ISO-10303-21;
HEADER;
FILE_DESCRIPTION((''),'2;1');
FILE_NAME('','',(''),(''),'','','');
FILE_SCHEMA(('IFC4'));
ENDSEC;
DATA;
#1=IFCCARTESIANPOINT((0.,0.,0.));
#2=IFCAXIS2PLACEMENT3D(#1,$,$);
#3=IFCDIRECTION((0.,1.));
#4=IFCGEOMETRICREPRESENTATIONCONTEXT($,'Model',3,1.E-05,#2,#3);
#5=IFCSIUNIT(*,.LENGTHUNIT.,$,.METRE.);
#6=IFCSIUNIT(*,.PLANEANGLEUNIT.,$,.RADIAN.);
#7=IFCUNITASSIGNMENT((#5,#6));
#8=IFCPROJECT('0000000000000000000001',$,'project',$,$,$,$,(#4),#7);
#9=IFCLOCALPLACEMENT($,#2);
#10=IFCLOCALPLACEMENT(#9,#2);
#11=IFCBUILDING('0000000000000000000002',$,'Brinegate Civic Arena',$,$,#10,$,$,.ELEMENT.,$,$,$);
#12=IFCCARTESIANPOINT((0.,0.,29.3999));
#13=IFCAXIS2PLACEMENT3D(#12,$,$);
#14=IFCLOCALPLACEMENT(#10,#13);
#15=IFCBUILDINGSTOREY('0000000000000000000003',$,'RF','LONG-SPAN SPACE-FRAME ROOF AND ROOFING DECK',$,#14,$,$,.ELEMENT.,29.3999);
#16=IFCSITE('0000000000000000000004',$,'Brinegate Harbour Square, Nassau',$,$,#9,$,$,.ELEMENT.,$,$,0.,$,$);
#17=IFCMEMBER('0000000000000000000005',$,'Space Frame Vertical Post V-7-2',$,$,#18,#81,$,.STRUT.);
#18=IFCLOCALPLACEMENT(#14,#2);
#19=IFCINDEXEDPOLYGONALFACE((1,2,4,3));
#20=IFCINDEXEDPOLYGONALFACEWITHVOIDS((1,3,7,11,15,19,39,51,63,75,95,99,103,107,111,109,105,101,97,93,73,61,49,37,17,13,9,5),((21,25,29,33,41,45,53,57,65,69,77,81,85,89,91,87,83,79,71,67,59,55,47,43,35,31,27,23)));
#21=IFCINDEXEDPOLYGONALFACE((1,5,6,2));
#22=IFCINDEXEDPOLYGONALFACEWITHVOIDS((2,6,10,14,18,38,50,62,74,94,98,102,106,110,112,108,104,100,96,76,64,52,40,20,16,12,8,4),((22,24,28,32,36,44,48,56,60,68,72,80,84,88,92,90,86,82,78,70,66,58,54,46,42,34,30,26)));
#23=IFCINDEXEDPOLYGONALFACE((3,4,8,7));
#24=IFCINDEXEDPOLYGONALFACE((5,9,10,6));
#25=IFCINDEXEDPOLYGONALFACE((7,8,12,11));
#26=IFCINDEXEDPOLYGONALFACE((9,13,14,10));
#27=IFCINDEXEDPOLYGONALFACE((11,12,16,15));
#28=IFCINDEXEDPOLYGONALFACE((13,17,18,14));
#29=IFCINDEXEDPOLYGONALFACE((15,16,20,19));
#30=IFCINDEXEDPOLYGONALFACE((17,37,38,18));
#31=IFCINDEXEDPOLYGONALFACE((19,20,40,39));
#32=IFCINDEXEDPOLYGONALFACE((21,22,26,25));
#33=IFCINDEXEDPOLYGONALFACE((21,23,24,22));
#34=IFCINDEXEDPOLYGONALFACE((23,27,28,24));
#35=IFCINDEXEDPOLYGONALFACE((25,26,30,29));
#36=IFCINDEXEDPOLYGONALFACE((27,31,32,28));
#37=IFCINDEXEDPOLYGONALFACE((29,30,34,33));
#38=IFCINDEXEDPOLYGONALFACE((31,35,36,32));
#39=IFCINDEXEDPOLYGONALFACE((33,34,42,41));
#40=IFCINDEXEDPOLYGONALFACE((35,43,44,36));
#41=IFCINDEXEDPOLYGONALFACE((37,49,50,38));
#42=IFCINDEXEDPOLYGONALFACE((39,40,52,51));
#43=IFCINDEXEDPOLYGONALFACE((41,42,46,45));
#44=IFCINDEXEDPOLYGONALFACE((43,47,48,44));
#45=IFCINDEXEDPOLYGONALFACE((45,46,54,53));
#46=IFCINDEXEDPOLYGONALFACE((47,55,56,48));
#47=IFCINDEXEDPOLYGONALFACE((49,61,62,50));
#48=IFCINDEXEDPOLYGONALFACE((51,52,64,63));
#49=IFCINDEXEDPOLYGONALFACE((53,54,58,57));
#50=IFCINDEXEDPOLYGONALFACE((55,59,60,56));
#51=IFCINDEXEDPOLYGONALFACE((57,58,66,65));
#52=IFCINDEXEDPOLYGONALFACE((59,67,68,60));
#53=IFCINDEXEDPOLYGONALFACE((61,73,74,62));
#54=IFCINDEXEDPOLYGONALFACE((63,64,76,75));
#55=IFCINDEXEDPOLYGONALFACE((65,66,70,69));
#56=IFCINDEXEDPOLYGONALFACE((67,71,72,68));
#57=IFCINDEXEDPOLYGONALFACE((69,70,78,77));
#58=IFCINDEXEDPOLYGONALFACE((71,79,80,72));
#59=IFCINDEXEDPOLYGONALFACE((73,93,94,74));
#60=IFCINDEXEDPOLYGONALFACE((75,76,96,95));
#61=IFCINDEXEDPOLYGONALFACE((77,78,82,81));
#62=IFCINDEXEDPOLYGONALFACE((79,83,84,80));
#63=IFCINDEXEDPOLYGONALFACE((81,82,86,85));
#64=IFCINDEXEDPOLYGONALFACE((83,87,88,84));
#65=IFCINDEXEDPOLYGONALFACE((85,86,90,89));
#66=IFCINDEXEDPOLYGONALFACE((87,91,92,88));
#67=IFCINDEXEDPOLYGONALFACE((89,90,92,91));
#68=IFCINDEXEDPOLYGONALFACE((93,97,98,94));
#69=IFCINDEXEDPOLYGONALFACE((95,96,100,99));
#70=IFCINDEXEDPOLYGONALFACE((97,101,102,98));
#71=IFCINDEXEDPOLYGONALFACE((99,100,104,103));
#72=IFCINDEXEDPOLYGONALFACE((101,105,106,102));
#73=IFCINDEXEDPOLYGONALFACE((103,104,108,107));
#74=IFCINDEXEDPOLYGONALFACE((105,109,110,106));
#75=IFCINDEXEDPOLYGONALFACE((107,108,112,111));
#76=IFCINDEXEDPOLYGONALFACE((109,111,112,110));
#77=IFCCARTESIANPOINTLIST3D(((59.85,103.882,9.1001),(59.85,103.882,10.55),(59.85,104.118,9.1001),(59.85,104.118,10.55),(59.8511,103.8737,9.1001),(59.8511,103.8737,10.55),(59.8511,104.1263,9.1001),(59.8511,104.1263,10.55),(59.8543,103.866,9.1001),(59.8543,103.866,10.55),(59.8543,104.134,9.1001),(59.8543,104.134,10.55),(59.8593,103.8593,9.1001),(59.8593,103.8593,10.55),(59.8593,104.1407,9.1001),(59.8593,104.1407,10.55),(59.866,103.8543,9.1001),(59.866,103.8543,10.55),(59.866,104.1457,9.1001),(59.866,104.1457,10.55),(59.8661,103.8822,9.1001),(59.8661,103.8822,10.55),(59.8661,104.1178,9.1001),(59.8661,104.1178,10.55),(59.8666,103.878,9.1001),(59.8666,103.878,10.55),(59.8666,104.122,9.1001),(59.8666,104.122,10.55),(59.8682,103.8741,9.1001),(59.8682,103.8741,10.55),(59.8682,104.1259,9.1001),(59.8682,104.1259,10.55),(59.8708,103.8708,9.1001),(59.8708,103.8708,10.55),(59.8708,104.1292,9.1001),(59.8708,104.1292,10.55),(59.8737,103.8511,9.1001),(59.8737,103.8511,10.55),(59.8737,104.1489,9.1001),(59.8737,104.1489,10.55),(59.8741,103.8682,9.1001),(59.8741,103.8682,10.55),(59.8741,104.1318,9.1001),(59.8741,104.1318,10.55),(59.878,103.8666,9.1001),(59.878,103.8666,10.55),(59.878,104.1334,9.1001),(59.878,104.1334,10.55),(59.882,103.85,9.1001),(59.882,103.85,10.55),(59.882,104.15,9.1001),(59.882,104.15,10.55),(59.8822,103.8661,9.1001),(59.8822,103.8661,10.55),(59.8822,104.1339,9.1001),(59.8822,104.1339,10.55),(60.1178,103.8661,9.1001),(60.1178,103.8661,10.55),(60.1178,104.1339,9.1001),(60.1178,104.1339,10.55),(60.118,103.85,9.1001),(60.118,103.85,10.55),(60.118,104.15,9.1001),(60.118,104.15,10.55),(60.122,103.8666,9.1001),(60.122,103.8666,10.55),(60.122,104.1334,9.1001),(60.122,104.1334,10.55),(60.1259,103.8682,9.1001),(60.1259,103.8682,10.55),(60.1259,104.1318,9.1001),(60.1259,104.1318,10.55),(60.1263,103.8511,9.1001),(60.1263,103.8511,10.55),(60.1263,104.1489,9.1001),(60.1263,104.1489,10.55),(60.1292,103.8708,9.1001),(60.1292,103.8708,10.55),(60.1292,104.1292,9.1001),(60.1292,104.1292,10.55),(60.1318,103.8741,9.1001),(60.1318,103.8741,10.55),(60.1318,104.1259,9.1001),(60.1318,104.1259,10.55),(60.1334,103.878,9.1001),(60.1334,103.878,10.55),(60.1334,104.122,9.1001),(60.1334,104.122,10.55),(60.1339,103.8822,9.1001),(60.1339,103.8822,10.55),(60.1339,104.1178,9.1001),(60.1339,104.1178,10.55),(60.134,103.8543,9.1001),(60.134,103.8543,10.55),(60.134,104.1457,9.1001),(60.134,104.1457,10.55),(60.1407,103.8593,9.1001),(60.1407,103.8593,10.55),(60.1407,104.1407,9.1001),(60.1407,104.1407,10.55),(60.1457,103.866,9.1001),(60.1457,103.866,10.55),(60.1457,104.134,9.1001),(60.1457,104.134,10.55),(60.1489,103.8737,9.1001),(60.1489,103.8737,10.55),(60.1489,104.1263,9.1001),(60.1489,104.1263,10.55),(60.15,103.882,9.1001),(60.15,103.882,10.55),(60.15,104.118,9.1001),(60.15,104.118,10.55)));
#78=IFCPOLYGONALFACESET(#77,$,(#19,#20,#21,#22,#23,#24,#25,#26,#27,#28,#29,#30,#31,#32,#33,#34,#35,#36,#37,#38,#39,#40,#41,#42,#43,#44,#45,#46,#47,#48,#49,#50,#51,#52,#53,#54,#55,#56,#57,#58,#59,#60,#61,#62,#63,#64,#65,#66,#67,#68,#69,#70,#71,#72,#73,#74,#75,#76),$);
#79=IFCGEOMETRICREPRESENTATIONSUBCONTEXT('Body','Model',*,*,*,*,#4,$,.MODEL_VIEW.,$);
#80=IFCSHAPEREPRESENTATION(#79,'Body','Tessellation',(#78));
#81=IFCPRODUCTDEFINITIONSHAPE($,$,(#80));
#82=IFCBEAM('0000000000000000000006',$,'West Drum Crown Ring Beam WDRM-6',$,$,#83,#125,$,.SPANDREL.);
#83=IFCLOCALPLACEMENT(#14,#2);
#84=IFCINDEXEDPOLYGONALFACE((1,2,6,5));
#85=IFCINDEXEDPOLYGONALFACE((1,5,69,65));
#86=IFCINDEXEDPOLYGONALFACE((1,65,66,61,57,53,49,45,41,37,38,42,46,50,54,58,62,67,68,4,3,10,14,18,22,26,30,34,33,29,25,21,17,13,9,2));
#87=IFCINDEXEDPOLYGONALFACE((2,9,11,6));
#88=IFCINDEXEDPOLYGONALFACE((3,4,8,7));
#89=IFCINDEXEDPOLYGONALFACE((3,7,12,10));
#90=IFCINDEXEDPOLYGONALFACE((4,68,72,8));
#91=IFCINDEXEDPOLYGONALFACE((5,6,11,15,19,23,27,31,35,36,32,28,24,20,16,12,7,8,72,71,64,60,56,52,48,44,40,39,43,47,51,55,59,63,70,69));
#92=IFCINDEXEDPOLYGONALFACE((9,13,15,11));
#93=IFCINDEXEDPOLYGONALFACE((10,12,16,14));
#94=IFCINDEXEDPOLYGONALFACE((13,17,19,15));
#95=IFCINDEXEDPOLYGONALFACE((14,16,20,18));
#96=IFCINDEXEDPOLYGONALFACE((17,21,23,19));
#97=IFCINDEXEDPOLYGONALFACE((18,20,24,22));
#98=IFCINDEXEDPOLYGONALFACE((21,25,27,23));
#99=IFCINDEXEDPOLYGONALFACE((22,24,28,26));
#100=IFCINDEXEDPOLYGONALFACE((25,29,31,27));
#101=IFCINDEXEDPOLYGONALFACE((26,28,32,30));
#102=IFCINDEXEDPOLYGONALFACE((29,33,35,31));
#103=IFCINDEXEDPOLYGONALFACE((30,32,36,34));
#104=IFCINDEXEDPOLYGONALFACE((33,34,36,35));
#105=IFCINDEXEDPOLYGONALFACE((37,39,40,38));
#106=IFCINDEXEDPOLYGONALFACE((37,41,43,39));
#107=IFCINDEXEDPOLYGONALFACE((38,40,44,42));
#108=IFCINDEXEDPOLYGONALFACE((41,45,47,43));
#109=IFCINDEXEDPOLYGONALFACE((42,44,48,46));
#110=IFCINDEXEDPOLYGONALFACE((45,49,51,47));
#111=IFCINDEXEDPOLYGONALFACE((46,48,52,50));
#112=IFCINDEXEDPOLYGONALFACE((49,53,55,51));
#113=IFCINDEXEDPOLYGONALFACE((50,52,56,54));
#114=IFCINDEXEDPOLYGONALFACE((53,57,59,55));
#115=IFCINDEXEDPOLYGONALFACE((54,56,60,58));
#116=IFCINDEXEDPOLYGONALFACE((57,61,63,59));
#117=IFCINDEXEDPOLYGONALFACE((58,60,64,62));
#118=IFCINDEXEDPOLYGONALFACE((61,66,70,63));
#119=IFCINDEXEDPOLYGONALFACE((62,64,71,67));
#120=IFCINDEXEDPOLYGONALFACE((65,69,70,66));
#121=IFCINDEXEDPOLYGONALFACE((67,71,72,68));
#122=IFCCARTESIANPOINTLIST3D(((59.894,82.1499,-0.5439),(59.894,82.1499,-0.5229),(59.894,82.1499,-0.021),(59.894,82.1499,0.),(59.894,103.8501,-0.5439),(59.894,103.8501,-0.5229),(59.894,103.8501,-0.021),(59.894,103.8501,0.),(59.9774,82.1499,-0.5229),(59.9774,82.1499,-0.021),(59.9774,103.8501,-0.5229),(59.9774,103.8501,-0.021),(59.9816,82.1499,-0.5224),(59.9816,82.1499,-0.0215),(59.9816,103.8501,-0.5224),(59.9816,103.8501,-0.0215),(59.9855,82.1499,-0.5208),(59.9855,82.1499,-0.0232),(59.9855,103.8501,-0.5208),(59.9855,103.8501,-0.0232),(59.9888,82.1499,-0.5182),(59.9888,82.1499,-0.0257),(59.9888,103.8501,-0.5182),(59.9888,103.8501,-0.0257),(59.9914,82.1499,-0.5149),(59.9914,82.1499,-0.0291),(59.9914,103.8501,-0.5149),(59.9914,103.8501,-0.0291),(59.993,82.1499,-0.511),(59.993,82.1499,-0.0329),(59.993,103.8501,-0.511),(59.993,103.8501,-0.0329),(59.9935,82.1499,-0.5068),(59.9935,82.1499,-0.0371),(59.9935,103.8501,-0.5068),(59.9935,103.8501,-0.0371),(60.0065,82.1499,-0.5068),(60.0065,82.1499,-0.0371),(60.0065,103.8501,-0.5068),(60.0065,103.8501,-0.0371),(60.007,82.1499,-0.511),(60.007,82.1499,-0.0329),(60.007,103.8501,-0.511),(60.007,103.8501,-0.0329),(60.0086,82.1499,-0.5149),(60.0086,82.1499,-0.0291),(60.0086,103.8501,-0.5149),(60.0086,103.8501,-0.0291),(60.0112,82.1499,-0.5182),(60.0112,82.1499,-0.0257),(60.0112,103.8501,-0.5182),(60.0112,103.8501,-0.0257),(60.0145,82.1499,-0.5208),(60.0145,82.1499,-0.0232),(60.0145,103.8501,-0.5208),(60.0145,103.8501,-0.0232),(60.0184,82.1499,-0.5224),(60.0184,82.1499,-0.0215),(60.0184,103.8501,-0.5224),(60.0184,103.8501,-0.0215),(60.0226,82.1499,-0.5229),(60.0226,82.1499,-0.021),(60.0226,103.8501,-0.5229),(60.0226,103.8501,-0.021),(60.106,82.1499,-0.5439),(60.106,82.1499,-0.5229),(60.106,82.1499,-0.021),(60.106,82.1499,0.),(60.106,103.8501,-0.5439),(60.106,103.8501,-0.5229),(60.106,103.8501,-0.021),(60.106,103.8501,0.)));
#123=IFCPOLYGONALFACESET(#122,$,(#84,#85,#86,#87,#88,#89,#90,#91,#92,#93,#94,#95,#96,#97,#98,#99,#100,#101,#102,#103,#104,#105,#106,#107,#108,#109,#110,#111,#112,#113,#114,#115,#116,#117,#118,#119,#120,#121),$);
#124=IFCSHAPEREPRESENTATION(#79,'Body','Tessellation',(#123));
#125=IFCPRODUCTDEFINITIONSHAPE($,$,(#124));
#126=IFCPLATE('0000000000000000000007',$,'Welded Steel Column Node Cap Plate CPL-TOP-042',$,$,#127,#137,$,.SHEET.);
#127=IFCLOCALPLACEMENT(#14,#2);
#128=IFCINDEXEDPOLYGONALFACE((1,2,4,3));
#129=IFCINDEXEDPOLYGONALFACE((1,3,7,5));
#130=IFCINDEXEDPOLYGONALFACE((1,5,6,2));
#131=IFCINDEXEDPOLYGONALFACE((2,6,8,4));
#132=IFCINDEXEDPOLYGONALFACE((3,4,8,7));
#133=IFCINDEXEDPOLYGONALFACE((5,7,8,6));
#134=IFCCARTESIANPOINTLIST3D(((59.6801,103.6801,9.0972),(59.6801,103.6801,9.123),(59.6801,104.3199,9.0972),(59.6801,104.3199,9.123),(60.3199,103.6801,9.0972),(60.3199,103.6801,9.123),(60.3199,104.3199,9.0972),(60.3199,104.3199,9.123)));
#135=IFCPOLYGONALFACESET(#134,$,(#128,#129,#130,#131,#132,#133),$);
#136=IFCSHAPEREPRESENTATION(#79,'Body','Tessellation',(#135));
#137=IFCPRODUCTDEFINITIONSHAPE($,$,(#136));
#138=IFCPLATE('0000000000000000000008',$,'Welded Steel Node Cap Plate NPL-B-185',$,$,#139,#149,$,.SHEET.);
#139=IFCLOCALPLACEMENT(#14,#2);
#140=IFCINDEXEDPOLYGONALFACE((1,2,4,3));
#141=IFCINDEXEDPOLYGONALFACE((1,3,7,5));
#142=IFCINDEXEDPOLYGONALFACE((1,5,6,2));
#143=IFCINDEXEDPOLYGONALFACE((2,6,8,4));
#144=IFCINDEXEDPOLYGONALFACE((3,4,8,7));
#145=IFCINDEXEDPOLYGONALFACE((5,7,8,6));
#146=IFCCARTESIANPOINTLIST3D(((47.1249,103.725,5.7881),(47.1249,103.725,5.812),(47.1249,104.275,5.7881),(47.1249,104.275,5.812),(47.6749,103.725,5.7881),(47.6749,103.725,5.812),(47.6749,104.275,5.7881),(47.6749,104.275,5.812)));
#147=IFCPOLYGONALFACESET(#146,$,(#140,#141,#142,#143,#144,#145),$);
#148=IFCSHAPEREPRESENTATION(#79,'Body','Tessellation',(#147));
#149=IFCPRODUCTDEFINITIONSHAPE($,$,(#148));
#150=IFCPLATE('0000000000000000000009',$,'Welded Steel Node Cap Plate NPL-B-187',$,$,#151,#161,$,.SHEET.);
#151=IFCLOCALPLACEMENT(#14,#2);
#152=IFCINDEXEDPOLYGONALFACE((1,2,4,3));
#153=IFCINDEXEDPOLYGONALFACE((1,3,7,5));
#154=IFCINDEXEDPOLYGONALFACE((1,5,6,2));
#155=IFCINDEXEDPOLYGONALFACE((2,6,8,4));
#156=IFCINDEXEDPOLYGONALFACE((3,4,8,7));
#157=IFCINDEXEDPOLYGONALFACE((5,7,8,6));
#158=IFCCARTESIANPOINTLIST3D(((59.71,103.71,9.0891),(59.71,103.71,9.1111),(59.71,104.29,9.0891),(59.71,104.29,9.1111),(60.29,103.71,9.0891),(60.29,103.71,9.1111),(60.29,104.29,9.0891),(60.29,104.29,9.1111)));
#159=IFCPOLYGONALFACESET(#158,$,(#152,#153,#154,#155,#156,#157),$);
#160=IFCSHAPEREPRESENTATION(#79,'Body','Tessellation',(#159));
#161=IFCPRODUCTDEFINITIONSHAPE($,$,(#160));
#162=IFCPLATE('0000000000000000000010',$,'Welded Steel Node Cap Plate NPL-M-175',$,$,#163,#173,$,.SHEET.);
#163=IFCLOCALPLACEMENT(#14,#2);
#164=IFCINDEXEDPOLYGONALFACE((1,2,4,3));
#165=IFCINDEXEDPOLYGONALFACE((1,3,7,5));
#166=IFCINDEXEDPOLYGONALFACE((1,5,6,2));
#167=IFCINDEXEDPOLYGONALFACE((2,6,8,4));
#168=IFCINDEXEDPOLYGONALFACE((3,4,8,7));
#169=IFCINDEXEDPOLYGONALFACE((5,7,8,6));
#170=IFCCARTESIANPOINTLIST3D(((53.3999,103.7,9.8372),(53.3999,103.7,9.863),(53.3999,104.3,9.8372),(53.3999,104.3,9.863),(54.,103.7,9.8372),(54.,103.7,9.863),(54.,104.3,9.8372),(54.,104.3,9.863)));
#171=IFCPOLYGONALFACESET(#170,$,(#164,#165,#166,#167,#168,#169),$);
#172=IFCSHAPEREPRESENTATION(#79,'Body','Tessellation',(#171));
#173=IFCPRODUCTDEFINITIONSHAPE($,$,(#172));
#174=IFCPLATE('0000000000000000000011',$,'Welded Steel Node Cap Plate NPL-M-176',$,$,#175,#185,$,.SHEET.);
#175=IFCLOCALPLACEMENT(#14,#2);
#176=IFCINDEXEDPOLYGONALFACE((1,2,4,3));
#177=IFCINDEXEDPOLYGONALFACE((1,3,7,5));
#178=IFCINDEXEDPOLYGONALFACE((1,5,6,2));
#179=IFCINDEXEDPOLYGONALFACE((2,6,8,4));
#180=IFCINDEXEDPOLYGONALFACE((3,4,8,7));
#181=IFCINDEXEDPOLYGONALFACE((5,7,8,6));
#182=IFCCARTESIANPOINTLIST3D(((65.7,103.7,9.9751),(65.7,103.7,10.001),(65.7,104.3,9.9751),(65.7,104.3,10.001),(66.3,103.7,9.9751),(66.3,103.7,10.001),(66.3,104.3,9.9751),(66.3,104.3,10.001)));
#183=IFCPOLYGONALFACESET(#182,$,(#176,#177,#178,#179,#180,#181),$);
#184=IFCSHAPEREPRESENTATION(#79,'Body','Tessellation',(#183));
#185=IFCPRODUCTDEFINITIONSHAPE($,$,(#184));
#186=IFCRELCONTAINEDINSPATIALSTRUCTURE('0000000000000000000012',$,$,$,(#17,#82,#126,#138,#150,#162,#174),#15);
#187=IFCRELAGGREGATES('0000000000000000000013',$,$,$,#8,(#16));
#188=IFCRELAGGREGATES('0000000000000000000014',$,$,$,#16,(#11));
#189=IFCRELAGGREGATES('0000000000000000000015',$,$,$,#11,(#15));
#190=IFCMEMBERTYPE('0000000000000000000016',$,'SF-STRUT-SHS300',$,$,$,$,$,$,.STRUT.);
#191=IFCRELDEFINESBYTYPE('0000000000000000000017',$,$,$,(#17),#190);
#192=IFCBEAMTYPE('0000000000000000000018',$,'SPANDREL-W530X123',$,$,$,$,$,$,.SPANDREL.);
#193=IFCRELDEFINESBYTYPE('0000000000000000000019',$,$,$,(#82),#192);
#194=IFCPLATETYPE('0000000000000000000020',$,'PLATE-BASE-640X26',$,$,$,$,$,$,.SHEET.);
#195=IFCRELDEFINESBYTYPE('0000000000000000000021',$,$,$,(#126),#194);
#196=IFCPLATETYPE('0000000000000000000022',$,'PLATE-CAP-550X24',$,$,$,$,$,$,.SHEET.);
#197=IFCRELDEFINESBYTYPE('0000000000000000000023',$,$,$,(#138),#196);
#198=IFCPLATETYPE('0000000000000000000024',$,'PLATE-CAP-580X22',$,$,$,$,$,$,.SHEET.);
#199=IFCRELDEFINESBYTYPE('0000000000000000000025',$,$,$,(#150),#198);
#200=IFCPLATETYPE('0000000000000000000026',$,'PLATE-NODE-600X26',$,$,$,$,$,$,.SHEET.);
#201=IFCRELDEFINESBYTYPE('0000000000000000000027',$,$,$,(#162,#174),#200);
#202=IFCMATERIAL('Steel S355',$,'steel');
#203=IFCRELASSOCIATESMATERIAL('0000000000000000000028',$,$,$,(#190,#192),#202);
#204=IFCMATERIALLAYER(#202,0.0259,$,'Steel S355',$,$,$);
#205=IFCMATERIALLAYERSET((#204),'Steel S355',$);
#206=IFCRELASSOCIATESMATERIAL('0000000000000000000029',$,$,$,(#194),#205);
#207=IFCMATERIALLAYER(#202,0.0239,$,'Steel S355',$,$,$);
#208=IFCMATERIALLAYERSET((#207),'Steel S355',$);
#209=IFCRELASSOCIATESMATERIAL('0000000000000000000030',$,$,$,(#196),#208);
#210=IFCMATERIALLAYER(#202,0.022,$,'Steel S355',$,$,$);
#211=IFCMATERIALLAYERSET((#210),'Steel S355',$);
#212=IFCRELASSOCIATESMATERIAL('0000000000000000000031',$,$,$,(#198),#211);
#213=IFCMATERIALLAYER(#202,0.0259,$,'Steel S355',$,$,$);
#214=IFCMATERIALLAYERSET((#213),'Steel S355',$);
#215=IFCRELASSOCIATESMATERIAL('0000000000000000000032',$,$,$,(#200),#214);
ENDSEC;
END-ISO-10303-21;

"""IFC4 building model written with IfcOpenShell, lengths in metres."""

from ifc_helpers import new_model, si_unit, direction, frame, origin, origin_2d, place, context, subcontext, project, spatial, rectangle, hollow_rectangle, i_section, extrude, material, layer, layer_set, material_profile, profile_set, type_object, element, save


model = new_model("IFC4")

# Units and contexts
model_context = context("Model", 3, precision=1e-05, world=origin(), true_north=direction((0.0, 1.0)))
body_context = subcontext(model_context, "Body", "Model", "MODEL_VIEW")
ifc_project = project(units=[si_unit("LENGTHUNIT", "METRE"), si_unit("PLANEANGLEUNIT", "RADIAN")], contexts=[model_context])

# Site, building, storey
site_placement = place(None, origin())
site = spatial("IfcSite", under=ifc_project, at=site_placement, Name="Brinegate Harbour Square, Nassau", CompositionType="ELEMENT", RefElevation=0.0)
building_placement = place(site_placement, origin())
building = spatial("IfcBuilding", under=site, at=building_placement, Name="Brinegate Civic Arena", CompositionType="ELEMENT")
storey_placement = place(building_placement, frame((0.0, 0.0, 29.3999)))
storey = spatial("IfcBuildingStorey", under=building, at=storey_placement, Name="RF", Description="LONG-SPAN SPACE-FRAME ROOF AND ROOFING DECK", CompositionType="ELEMENT", Elevation=29.3999)

# Shared definitions
ifc_material_1 = material(Name="Steel S355", Category="steel")

# Member
ifc_material_profile_1 = material_profile(ifc_material_1, hollow_rectangle(XDim=0.3, YDim=0.3, WallThickness=0.0161, InnerFilletRadius=0.0161, OuterFilletRadius=0.032, at=origin_2d()), Name="SHS300X16")
ifc_profile_set_1 = profile_set([ifc_material_profile_1], Name="Steel S355")
member_type_1 = type_object("IfcMemberType", Name="SF-STRUT-SHS300", PredefinedType="STRUT", material=ifc_profile_set_1)
member_1_placement = place(storey_placement, frame((60.0, 104.0, 9.1001), z_axis=(0.0, 0.0, 1.0), x_axis=(1.0, 0.0, 0.0)))
element("IfcMember", 1, at=member_1_placement, inside=storey, type_object=member_type_1, Name="Space Frame Vertical Post V-7-2", PredefinedType="STRUT", context=body_context, shape_type="SweptSolid", body=[
    extrude(hollow_rectangle(XDim=0.3, YDim=0.3, WallThickness=0.0161, InnerFilletRadius=0.0161, OuterFilletRadius=0.032, at=origin_2d()), origin(), (0.0, 0.0, 1.0), 1.45),
])

# Beam
ifc_material_profile_2 = material_profile(ifc_material_1, i_section(OverallWidth=0.2119, OverallDepth=0.5439, WebThickness=0.0129, FlangeThickness=0.021, FilletRadius=0.0161, at=origin_2d()), Name="W530X123")
ifc_profile_set_2 = profile_set([ifc_material_profile_2], Name="Steel S355")
beam_type = type_object("IfcBeamType", Name="SPANDREL-W530X123", PredefinedType="SPANDREL", material=ifc_profile_set_2)
beam_placement = place(storey_placement, frame((60.0, 82.1499, -0.272), z_axis=(0.0, 1.0, 0.0), x_axis=(-1.0, 0.0, 0.0)))
element("IfcBeam", 2, at=beam_placement, inside=storey, type_object=beam_type, Name="West Drum Crown Ring Beam WDRM-6", PredefinedType="SPANDREL", context=body_context, shape_type="SweptSolid", body=[
    extrude(i_section(OverallWidth=0.2119, OverallDepth=0.5439, WebThickness=0.0129, FlangeThickness=0.021, FilletRadius=0.0161, at=origin_2d()), origin(), (0.0, 0.0, 1.0), 21.7002),
])

# Plates
ifc_layer_1 = layer(ifc_material_1, 0.0259, Name="Steel S355")
ifc_layer_set_1 = layer_set([ifc_layer_1], Name="Steel S355")
plate_type_1 = type_object("IfcPlateType", Name="PLATE-BASE-640X26", PredefinedType="SHEET", material=ifc_layer_set_1)
plate_1_placement = place(storey_placement, frame((60.0, 104.0, 9.0972), z_axis=(0.0, 0.0, 1.0), x_axis=(1.0, 0.0, 0.0)))
element("IfcPlate", 3, at=plate_1_placement, inside=storey, type_object=plate_type_1, Name="Welded Steel Column Node Cap Plate CPL-TOP-042", PredefinedType="SHEET", context=body_context, shape_type="SweptSolid", body=[
    extrude(rectangle(XDim=0.6399, YDim=0.6399, at=origin_2d()), origin(), (0.0, 0.0, 1.0), 0.0259),
])
ifc_layer_2 = layer(ifc_material_1, 0.0239, Name="Steel S355")
ifc_layer_set_2 = layer_set([ifc_layer_2], Name="Steel S355")
plate_type_2 = type_object("IfcPlateType", Name="PLATE-CAP-550X24", PredefinedType="SHEET", material=ifc_layer_set_2)
plate_2_placement = place(storey_placement, frame((47.3999, 104.0, 5.7881), z_axis=(0.0, 0.0, 1.0), x_axis=(1.0, 0.0, 0.0)))
element("IfcPlate", 4, at=plate_2_placement, inside=storey, type_object=plate_type_2, Name="Welded Steel Node Cap Plate NPL-B-185", PredefinedType="SHEET", context=body_context, shape_type="SweptSolid", body=[
    extrude(rectangle(XDim=0.55, YDim=0.55, at=origin_2d()), origin(), (0.0, 0.0, 1.0), 0.0239),
])
ifc_layer_3 = layer(ifc_material_1, 0.022, Name="Steel S355")
ifc_layer_set_3 = layer_set([ifc_layer_3], Name="Steel S355")
plate_type_3 = type_object("IfcPlateType", Name="PLATE-CAP-580X22", PredefinedType="SHEET", material=ifc_layer_set_3)
plate_3_placement = place(storey_placement, frame((60.0, 104.0, 9.0891), z_axis=(0.0, 0.0, 1.0), x_axis=(1.0, 0.0, 0.0)))
element("IfcPlate", 5, at=plate_3_placement, inside=storey, type_object=plate_type_3, Name="Welded Steel Node Cap Plate NPL-B-187", PredefinedType="SHEET", context=body_context, shape_type="SweptSolid", body=[
    extrude(rectangle(XDim=0.5801, YDim=0.5801, at=origin_2d()), origin(), (0.0, 0.0, 1.0), 0.022),
])
ifc_layer_4 = layer(ifc_material_1, 0.0259, Name="Steel S355")
ifc_layer_set_4 = layer_set([ifc_layer_4], Name="Steel S355")
plate_type_4 = type_object("IfcPlateType", Name="PLATE-NODE-600X26", PredefinedType="SHEET", material=ifc_layer_set_4)
for number, where, z_axis, x_axis, name in (
    (6, (53.7, 104.0, 9.8372), (0.0, 0.0, 1.0), (1.0, 0.0, 0.0), "Welded Steel Node Cap Plate NPL-M-175"),
    (7, (66.0, 104.0, 9.9751), (0.0, 0.0, 1.0), (1.0, 0.0, 0.0), "Welded Steel Node Cap Plate NPL-M-176"),
):
    element("IfcPlate", number, at=place(storey_placement, frame(where, z_axis=z_axis, x_axis=x_axis)), inside=storey, type_object=plate_type_4, Name=name, PredefinedType="SHEET", context=body_context, shape_type="SweptSolid", body=[
        extrude(rectangle(XDim=0.6001, YDim=0.6001, at=origin_2d()), origin(), (0.0, 0.0, 1.0), 0.0259),
    ])

save(model, "model.ifc")
